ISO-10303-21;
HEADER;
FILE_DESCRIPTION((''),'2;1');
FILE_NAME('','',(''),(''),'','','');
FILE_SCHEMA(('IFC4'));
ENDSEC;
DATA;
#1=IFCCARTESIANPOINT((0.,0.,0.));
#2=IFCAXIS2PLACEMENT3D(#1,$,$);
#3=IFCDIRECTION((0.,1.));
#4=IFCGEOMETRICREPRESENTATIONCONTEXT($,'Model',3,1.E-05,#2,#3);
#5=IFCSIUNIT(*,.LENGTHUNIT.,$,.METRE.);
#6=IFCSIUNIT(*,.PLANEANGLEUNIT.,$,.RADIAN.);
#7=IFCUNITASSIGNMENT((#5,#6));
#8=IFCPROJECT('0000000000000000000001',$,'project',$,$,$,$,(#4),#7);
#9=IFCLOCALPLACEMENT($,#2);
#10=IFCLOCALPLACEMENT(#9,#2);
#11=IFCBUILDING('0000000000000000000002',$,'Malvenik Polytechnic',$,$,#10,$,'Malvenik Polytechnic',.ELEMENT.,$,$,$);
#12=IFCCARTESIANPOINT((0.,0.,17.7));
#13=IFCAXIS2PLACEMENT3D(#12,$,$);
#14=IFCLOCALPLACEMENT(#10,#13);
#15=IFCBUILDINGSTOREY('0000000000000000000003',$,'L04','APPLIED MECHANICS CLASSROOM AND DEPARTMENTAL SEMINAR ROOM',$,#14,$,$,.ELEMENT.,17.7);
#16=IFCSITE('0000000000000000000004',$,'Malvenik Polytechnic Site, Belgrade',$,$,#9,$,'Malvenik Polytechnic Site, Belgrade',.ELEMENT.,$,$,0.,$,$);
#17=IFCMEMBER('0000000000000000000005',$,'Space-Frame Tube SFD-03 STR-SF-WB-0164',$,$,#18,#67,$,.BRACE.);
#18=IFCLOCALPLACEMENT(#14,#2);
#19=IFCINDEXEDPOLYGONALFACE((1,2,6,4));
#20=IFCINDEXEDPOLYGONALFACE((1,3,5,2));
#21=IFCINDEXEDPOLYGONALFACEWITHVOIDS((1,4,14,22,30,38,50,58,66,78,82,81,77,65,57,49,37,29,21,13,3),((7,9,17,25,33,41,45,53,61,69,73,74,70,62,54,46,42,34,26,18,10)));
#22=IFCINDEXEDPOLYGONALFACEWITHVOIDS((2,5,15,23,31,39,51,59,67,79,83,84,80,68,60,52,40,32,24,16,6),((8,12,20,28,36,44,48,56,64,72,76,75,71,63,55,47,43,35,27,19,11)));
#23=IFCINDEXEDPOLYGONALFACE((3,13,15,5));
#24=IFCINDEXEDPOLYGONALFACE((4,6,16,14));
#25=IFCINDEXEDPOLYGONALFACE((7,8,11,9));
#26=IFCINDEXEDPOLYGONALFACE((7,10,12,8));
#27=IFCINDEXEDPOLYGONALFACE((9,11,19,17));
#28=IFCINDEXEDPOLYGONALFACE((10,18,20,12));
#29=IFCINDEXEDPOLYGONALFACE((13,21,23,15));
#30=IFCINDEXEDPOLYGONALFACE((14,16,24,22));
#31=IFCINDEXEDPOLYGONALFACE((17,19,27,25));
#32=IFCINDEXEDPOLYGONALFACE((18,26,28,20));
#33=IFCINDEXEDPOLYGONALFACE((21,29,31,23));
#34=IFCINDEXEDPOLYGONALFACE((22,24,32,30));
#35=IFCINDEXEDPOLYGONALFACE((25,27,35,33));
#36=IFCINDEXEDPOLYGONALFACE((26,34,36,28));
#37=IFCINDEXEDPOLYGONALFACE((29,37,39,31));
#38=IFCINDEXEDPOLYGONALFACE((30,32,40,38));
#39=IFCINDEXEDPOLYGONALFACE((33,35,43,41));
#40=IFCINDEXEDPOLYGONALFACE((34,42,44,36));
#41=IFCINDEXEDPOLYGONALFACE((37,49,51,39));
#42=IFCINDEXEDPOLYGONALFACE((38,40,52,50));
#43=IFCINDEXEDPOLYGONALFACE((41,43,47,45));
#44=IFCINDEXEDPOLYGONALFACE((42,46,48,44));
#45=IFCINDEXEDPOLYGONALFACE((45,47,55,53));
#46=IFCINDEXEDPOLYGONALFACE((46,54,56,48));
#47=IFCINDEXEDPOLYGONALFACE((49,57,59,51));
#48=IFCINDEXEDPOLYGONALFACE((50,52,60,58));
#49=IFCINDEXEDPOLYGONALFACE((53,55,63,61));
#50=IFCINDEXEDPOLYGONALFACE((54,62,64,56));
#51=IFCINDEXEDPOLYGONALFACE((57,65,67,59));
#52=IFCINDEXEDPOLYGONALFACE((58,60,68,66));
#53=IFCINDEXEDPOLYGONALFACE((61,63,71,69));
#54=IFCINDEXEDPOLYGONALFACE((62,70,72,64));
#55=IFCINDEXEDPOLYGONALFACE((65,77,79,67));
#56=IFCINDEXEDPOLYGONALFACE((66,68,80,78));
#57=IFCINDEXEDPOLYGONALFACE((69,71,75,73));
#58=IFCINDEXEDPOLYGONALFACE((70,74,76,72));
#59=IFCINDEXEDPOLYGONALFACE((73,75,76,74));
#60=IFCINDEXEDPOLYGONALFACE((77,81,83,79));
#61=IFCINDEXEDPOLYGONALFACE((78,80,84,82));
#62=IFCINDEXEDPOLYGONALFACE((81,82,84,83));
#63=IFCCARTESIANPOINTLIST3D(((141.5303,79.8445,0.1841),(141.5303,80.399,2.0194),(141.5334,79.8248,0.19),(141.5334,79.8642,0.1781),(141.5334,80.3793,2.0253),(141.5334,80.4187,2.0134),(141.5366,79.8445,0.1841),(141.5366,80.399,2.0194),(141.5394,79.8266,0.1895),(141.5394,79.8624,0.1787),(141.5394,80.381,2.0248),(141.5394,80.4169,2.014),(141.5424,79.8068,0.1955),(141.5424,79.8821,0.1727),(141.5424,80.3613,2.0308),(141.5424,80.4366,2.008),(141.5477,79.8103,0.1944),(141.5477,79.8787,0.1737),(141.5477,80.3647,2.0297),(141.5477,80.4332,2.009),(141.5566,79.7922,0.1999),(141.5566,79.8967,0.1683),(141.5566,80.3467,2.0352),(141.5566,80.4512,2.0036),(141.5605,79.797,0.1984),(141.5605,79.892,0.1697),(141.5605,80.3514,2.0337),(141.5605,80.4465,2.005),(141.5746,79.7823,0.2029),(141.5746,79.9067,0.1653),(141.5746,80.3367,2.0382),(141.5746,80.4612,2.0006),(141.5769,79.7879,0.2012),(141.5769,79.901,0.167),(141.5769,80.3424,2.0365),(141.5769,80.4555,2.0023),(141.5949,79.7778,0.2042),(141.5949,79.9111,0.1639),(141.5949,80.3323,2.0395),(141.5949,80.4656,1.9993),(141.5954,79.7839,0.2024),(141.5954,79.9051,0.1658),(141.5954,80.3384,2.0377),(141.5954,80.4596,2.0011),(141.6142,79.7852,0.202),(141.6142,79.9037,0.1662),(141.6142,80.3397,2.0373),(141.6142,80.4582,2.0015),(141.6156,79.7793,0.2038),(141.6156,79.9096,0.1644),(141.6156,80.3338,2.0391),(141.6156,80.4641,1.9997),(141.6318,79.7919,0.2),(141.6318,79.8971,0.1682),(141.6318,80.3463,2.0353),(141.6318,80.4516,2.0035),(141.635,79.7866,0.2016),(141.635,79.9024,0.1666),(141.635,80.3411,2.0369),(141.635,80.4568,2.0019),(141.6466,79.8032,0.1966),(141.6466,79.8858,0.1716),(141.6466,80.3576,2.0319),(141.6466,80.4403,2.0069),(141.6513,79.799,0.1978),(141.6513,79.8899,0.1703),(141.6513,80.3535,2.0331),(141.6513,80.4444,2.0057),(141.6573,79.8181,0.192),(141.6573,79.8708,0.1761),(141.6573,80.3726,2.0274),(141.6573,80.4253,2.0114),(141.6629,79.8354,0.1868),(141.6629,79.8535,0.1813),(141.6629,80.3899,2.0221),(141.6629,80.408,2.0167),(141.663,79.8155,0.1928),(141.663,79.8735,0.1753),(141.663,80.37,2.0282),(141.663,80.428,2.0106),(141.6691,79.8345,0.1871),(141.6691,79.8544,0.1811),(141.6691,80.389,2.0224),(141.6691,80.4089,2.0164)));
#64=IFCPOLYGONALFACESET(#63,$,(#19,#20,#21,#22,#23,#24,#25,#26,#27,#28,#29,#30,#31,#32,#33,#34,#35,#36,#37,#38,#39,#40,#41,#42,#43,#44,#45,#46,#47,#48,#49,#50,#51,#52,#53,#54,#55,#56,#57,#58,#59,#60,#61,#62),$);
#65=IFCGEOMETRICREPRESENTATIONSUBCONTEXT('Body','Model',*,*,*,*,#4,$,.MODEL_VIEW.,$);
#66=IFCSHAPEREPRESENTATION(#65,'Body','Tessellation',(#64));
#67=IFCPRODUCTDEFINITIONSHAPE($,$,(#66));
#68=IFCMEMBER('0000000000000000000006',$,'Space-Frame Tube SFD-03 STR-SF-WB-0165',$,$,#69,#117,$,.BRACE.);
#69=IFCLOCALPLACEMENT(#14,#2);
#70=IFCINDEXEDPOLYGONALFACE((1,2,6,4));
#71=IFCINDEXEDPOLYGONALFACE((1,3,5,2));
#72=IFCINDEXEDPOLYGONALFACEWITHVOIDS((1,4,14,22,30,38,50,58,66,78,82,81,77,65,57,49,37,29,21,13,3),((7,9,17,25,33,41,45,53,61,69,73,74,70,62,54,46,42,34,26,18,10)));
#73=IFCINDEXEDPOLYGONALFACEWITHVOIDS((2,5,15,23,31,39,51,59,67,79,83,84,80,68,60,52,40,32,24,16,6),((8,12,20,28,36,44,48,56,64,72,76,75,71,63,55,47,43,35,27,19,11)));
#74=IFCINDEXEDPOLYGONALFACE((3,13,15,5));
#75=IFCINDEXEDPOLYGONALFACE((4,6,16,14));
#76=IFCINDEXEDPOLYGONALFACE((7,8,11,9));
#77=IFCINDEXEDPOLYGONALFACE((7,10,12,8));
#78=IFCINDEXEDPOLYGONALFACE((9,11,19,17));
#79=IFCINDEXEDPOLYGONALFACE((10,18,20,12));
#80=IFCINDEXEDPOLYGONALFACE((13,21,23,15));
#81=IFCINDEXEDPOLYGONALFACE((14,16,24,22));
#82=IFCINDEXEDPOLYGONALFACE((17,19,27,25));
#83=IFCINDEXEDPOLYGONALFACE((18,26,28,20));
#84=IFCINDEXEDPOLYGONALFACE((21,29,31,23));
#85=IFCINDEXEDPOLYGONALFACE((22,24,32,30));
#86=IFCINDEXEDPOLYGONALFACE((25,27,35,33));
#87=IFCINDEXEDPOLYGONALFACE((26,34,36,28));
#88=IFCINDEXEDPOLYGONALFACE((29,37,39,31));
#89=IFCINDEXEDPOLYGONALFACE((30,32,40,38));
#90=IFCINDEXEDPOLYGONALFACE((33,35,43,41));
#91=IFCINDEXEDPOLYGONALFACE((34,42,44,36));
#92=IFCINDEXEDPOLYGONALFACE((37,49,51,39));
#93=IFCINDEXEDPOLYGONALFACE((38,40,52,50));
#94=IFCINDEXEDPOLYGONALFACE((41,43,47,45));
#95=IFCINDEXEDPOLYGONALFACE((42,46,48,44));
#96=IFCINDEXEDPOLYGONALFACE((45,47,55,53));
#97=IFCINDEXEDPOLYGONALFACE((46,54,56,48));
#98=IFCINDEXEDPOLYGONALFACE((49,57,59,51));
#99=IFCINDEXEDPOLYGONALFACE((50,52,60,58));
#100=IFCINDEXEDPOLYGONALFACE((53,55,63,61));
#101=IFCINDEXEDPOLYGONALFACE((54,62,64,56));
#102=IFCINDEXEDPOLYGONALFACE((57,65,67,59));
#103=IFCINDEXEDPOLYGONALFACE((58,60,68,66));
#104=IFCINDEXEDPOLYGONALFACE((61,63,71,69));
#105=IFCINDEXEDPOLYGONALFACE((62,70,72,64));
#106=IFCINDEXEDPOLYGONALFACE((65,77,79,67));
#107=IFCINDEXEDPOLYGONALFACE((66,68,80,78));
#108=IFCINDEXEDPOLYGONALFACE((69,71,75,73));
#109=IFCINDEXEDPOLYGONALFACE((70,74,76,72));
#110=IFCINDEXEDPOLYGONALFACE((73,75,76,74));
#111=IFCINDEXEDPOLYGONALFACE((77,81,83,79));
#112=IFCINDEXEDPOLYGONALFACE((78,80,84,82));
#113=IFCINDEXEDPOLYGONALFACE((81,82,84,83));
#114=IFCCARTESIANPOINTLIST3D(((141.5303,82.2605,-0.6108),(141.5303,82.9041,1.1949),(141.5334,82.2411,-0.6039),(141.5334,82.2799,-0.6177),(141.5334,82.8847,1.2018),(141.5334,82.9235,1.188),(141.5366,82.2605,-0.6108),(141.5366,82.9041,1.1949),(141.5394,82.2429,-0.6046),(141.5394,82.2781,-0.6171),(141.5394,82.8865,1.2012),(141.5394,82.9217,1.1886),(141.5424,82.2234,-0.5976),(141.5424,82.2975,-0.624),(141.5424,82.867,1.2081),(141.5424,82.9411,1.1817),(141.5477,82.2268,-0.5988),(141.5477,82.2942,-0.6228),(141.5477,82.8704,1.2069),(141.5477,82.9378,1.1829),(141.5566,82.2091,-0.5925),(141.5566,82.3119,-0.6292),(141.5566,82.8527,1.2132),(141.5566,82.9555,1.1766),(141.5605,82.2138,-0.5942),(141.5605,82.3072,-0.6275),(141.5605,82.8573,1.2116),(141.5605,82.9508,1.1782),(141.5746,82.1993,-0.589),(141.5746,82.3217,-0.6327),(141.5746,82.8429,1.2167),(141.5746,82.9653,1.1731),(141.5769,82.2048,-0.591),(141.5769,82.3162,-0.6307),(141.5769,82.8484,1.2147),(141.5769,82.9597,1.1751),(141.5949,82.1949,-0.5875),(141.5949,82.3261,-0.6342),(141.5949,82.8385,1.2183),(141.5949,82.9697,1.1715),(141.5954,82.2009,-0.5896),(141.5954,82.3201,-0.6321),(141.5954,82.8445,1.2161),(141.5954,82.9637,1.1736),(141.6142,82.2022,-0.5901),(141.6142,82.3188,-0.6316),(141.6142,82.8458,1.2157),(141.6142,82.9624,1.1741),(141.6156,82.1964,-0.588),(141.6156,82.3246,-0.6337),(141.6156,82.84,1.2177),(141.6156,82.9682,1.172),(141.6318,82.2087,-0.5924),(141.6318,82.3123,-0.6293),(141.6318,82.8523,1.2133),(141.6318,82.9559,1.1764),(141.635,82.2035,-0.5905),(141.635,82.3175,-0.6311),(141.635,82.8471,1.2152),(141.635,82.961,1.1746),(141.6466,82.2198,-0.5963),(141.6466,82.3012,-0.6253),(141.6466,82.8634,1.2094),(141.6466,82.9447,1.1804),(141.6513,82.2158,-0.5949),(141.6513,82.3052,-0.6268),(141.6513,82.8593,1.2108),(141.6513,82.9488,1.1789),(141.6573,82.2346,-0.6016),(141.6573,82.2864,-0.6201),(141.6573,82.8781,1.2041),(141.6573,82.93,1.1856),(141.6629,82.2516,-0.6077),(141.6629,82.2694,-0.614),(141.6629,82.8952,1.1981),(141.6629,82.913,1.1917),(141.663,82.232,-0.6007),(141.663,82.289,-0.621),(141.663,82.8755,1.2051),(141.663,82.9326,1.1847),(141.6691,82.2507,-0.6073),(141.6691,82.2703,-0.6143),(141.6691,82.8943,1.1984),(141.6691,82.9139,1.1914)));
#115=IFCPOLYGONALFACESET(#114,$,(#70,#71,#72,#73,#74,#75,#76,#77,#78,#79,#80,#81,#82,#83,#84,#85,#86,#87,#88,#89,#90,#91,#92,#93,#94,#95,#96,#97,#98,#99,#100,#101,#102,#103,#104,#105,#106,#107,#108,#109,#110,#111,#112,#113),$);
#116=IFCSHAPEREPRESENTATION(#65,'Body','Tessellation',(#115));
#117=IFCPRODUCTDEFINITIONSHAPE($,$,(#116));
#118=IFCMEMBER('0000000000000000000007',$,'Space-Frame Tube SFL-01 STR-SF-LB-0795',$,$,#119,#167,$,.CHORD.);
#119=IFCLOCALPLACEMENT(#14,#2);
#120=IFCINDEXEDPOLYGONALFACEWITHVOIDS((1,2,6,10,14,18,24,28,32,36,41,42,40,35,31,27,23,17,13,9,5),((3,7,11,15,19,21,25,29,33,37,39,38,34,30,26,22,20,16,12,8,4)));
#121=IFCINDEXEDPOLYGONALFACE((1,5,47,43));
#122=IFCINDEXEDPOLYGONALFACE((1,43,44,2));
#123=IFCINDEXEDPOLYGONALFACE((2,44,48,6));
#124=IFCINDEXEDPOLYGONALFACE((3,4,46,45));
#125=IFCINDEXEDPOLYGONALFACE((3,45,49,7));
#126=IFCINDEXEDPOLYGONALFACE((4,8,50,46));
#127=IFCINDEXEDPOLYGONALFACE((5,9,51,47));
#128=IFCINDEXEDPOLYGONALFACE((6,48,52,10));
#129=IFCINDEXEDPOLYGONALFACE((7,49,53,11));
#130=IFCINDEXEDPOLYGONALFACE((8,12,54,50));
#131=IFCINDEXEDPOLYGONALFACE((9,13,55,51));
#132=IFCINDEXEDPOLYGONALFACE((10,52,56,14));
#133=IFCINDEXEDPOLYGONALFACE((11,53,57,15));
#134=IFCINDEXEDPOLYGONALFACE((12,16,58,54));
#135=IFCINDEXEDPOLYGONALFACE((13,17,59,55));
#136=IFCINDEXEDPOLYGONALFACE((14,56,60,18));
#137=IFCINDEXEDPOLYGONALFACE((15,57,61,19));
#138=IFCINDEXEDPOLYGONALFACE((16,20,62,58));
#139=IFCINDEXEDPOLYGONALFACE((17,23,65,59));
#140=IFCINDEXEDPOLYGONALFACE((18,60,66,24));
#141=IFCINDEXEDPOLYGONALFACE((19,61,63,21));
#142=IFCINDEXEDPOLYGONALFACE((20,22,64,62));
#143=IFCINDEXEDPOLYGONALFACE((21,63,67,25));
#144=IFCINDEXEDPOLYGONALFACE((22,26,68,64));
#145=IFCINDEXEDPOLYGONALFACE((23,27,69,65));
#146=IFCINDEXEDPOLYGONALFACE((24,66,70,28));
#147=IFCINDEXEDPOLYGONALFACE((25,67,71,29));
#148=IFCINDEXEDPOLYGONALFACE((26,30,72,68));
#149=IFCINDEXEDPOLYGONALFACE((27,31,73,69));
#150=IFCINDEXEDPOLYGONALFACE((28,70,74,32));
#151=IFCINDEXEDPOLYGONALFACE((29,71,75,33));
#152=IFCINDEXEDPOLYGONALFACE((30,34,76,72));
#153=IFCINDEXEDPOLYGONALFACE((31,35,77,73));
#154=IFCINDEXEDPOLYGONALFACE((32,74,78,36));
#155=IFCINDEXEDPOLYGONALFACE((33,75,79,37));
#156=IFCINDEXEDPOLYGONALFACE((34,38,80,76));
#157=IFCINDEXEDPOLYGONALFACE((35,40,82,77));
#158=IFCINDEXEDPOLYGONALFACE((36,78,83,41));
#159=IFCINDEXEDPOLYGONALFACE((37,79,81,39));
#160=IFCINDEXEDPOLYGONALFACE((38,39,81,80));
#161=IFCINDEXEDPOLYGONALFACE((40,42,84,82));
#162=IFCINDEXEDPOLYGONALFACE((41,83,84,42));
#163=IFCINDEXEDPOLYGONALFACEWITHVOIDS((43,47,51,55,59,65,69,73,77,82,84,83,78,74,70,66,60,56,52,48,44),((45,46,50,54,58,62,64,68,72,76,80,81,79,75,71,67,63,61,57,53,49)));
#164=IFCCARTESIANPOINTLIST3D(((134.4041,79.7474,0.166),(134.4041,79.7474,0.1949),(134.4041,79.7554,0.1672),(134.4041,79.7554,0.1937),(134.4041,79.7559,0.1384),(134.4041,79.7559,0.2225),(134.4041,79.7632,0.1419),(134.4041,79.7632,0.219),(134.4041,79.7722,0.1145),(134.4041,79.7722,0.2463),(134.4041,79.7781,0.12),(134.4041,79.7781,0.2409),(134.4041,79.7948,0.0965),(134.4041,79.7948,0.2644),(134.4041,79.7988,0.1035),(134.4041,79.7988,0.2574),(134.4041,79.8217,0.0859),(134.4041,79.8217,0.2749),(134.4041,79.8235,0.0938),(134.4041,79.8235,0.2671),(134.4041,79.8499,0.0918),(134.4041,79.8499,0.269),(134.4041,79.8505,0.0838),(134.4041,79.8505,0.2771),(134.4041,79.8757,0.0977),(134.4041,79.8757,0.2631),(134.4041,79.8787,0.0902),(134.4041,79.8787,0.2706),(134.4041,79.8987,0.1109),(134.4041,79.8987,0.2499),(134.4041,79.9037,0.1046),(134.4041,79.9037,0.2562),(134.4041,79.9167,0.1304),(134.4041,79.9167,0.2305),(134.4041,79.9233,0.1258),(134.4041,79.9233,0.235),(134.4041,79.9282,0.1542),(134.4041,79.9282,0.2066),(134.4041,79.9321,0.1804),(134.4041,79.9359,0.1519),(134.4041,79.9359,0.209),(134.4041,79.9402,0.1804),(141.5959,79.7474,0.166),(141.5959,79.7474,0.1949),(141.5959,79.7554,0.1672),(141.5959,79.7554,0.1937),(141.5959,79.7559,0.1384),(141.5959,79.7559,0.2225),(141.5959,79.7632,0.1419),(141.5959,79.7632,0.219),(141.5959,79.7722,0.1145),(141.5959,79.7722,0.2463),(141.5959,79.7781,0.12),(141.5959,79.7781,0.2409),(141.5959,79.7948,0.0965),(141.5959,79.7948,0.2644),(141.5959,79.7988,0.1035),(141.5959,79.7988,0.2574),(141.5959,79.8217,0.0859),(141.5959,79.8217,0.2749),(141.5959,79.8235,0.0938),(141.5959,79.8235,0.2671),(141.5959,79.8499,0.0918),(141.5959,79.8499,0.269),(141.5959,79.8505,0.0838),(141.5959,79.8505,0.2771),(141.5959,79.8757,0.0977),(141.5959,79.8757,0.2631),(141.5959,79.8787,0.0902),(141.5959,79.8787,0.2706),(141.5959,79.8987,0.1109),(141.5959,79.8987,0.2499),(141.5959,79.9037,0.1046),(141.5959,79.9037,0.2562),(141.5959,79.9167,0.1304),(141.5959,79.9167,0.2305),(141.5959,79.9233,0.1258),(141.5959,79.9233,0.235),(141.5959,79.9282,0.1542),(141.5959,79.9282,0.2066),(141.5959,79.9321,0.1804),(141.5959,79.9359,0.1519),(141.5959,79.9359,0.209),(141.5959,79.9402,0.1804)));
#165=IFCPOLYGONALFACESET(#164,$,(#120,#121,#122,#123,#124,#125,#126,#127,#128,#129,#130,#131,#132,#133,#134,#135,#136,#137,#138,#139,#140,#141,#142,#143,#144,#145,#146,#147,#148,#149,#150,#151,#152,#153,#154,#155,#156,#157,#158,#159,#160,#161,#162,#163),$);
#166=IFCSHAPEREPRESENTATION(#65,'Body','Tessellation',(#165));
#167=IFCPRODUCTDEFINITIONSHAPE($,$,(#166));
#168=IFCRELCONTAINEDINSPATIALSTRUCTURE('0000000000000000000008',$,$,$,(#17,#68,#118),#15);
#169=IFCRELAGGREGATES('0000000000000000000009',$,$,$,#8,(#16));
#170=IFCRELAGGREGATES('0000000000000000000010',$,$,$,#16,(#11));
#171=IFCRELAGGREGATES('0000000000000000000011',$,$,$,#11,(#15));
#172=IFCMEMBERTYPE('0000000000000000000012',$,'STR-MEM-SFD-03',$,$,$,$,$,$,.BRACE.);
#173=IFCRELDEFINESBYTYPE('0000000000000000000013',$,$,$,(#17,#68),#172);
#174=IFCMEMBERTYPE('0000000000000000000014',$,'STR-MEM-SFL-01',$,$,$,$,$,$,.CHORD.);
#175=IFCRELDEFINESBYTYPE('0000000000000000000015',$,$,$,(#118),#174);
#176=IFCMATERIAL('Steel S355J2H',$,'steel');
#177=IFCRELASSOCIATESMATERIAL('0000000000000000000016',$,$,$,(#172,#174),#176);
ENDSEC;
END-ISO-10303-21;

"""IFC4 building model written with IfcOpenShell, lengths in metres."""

from ifc_helpers import new_model, si_unit, direction, frame, origin, origin_2d, place, context, subcontext, project, spatial, hollow_circle, extrude, material, material_profile, profile_set, type_object, element, save


model = new_model("IFC4")

# Units and contexts
model_context = context("Model", 3, precision=1e-05, world=origin(), true_north=direction((0.0, 1.0)))
body_context = subcontext(model_context, "Body", "Model", "MODEL_VIEW")
ifc_project = project(units=[si_unit("LENGTHUNIT", "METRE"), si_unit("PLANEANGLEUNIT", "RADIAN")], contexts=[model_context])

# Site, building, storey
site_placement = place(None, origin())
site = spatial("IfcSite", under=ifc_project, at=site_placement, Name="Malvenik Polytechnic Site, Belgrade", LongName="Malvenik Polytechnic Site, Belgrade", CompositionType="ELEMENT", RefElevation=0.0)
building_placement = place(site_placement, origin())
building = spatial("IfcBuilding", under=site, at=building_placement, Name="Malvenik Polytechnic", LongName="Malvenik Polytechnic", CompositionType="ELEMENT")
storey_placement = place(building_placement, frame((0.0, 0.0, 17.7)))
storey = spatial("IfcBuildingStorey", under=building, at=storey_placement, Name="L04", Description="APPLIED MECHANICS CLASSROOM AND DEPARTMENTAL SEMINAR ROOM", CompositionType="ELEMENT", Elevation=17.7)

# Members
ifc_material = material(Name="Steel S355J2H", Category="steel")
ifc_material_profile_1 = material_profile(ifc_material, hollow_circle(Radius=0.0698, WallThickness=0.0063, at=origin_2d()), Name="CHS 139.7x6.3")
ifc_profile_set_1 = profile_set([ifc_material_profile_1], Name="Steel S355J2H")
member_type_1 = type_object("IfcMemberType", Name="STR-MEM-SFD-03", PredefinedType="BRACE", material=ifc_profile_set_1)
member_1_placement = place(storey_placement, frame((141.6001, 79.8445, 0.1841), z_axis=(0.0, 0.289205, 0.957267), x_axis=(-1.0, 0.0, 0.0)))
element("IfcMember", 1, at=member_1_placement, inside=storey, type_object=member_type_1, Name="Space-Frame Tube SFD-03 STR-SF-WB-0164", PredefinedType="BRACE", context=body_context, shape_type="SweptSolid", body=[
    extrude(hollow_circle(Radius=0.0698, WallThickness=0.0063, at=origin_2d()), origin(), (0.0, 0.0, 1.0), 1.9172),
])
member_2_placement = place(storey_placement, frame((141.6001, 82.2605, -0.6108), z_axis=(0.0, 0.335723, 0.941961), x_axis=(-1.0, 0.0, 0.0)))
element("IfcMember", 2, at=member_2_placement, inside=storey, type_object=member_type_1, Name="Space-Frame Tube SFD-03 STR-SF-WB-0165", PredefinedType="BRACE", context=body_context, shape_type="SweptSolid", body=[
    extrude(hollow_circle(Radius=0.0698, WallThickness=0.0063, at=origin_2d()), origin(), (0.0, 0.0, 1.0), 1.917),
])
ifc_material_profile_2 = material_profile(ifc_material, hollow_circle(Radius=0.0969, WallThickness=0.0081, at=origin_2d()), Name="CHS 193.7x8.0")
ifc_profile_set_2 = profile_set([ifc_material_profile_2], Name="Steel S355J2H")
member_type_2 = type_object("IfcMemberType", Name="STR-MEM-SFL-01", PredefinedType="CHORD", material=ifc_profile_set_2)
for number, where, z_axis, x_axis, name in (
    (3, (134.4041, 79.8433, 0.1804), (1.0, 0.0, 0.0), (0.0, 1.0, 0.0), "Space-Frame Tube SFL-01 STR-SF-LB-0795"),
):
    element("IfcMember", number, at=place(storey_placement, frame(where, z_axis=z_axis, x_axis=x_axis)), inside=storey, type_object=member_type_2, Name=name, PredefinedType="CHORD", context=body_context, shape_type="SweptSolid", body=[
        extrude(hollow_circle(Radius=0.0969, WallThickness=0.0081, at=origin_2d()), origin(), (0.0, 0.0, 1.0), 7.1919),
    ])

save(model, "model.ifc")
